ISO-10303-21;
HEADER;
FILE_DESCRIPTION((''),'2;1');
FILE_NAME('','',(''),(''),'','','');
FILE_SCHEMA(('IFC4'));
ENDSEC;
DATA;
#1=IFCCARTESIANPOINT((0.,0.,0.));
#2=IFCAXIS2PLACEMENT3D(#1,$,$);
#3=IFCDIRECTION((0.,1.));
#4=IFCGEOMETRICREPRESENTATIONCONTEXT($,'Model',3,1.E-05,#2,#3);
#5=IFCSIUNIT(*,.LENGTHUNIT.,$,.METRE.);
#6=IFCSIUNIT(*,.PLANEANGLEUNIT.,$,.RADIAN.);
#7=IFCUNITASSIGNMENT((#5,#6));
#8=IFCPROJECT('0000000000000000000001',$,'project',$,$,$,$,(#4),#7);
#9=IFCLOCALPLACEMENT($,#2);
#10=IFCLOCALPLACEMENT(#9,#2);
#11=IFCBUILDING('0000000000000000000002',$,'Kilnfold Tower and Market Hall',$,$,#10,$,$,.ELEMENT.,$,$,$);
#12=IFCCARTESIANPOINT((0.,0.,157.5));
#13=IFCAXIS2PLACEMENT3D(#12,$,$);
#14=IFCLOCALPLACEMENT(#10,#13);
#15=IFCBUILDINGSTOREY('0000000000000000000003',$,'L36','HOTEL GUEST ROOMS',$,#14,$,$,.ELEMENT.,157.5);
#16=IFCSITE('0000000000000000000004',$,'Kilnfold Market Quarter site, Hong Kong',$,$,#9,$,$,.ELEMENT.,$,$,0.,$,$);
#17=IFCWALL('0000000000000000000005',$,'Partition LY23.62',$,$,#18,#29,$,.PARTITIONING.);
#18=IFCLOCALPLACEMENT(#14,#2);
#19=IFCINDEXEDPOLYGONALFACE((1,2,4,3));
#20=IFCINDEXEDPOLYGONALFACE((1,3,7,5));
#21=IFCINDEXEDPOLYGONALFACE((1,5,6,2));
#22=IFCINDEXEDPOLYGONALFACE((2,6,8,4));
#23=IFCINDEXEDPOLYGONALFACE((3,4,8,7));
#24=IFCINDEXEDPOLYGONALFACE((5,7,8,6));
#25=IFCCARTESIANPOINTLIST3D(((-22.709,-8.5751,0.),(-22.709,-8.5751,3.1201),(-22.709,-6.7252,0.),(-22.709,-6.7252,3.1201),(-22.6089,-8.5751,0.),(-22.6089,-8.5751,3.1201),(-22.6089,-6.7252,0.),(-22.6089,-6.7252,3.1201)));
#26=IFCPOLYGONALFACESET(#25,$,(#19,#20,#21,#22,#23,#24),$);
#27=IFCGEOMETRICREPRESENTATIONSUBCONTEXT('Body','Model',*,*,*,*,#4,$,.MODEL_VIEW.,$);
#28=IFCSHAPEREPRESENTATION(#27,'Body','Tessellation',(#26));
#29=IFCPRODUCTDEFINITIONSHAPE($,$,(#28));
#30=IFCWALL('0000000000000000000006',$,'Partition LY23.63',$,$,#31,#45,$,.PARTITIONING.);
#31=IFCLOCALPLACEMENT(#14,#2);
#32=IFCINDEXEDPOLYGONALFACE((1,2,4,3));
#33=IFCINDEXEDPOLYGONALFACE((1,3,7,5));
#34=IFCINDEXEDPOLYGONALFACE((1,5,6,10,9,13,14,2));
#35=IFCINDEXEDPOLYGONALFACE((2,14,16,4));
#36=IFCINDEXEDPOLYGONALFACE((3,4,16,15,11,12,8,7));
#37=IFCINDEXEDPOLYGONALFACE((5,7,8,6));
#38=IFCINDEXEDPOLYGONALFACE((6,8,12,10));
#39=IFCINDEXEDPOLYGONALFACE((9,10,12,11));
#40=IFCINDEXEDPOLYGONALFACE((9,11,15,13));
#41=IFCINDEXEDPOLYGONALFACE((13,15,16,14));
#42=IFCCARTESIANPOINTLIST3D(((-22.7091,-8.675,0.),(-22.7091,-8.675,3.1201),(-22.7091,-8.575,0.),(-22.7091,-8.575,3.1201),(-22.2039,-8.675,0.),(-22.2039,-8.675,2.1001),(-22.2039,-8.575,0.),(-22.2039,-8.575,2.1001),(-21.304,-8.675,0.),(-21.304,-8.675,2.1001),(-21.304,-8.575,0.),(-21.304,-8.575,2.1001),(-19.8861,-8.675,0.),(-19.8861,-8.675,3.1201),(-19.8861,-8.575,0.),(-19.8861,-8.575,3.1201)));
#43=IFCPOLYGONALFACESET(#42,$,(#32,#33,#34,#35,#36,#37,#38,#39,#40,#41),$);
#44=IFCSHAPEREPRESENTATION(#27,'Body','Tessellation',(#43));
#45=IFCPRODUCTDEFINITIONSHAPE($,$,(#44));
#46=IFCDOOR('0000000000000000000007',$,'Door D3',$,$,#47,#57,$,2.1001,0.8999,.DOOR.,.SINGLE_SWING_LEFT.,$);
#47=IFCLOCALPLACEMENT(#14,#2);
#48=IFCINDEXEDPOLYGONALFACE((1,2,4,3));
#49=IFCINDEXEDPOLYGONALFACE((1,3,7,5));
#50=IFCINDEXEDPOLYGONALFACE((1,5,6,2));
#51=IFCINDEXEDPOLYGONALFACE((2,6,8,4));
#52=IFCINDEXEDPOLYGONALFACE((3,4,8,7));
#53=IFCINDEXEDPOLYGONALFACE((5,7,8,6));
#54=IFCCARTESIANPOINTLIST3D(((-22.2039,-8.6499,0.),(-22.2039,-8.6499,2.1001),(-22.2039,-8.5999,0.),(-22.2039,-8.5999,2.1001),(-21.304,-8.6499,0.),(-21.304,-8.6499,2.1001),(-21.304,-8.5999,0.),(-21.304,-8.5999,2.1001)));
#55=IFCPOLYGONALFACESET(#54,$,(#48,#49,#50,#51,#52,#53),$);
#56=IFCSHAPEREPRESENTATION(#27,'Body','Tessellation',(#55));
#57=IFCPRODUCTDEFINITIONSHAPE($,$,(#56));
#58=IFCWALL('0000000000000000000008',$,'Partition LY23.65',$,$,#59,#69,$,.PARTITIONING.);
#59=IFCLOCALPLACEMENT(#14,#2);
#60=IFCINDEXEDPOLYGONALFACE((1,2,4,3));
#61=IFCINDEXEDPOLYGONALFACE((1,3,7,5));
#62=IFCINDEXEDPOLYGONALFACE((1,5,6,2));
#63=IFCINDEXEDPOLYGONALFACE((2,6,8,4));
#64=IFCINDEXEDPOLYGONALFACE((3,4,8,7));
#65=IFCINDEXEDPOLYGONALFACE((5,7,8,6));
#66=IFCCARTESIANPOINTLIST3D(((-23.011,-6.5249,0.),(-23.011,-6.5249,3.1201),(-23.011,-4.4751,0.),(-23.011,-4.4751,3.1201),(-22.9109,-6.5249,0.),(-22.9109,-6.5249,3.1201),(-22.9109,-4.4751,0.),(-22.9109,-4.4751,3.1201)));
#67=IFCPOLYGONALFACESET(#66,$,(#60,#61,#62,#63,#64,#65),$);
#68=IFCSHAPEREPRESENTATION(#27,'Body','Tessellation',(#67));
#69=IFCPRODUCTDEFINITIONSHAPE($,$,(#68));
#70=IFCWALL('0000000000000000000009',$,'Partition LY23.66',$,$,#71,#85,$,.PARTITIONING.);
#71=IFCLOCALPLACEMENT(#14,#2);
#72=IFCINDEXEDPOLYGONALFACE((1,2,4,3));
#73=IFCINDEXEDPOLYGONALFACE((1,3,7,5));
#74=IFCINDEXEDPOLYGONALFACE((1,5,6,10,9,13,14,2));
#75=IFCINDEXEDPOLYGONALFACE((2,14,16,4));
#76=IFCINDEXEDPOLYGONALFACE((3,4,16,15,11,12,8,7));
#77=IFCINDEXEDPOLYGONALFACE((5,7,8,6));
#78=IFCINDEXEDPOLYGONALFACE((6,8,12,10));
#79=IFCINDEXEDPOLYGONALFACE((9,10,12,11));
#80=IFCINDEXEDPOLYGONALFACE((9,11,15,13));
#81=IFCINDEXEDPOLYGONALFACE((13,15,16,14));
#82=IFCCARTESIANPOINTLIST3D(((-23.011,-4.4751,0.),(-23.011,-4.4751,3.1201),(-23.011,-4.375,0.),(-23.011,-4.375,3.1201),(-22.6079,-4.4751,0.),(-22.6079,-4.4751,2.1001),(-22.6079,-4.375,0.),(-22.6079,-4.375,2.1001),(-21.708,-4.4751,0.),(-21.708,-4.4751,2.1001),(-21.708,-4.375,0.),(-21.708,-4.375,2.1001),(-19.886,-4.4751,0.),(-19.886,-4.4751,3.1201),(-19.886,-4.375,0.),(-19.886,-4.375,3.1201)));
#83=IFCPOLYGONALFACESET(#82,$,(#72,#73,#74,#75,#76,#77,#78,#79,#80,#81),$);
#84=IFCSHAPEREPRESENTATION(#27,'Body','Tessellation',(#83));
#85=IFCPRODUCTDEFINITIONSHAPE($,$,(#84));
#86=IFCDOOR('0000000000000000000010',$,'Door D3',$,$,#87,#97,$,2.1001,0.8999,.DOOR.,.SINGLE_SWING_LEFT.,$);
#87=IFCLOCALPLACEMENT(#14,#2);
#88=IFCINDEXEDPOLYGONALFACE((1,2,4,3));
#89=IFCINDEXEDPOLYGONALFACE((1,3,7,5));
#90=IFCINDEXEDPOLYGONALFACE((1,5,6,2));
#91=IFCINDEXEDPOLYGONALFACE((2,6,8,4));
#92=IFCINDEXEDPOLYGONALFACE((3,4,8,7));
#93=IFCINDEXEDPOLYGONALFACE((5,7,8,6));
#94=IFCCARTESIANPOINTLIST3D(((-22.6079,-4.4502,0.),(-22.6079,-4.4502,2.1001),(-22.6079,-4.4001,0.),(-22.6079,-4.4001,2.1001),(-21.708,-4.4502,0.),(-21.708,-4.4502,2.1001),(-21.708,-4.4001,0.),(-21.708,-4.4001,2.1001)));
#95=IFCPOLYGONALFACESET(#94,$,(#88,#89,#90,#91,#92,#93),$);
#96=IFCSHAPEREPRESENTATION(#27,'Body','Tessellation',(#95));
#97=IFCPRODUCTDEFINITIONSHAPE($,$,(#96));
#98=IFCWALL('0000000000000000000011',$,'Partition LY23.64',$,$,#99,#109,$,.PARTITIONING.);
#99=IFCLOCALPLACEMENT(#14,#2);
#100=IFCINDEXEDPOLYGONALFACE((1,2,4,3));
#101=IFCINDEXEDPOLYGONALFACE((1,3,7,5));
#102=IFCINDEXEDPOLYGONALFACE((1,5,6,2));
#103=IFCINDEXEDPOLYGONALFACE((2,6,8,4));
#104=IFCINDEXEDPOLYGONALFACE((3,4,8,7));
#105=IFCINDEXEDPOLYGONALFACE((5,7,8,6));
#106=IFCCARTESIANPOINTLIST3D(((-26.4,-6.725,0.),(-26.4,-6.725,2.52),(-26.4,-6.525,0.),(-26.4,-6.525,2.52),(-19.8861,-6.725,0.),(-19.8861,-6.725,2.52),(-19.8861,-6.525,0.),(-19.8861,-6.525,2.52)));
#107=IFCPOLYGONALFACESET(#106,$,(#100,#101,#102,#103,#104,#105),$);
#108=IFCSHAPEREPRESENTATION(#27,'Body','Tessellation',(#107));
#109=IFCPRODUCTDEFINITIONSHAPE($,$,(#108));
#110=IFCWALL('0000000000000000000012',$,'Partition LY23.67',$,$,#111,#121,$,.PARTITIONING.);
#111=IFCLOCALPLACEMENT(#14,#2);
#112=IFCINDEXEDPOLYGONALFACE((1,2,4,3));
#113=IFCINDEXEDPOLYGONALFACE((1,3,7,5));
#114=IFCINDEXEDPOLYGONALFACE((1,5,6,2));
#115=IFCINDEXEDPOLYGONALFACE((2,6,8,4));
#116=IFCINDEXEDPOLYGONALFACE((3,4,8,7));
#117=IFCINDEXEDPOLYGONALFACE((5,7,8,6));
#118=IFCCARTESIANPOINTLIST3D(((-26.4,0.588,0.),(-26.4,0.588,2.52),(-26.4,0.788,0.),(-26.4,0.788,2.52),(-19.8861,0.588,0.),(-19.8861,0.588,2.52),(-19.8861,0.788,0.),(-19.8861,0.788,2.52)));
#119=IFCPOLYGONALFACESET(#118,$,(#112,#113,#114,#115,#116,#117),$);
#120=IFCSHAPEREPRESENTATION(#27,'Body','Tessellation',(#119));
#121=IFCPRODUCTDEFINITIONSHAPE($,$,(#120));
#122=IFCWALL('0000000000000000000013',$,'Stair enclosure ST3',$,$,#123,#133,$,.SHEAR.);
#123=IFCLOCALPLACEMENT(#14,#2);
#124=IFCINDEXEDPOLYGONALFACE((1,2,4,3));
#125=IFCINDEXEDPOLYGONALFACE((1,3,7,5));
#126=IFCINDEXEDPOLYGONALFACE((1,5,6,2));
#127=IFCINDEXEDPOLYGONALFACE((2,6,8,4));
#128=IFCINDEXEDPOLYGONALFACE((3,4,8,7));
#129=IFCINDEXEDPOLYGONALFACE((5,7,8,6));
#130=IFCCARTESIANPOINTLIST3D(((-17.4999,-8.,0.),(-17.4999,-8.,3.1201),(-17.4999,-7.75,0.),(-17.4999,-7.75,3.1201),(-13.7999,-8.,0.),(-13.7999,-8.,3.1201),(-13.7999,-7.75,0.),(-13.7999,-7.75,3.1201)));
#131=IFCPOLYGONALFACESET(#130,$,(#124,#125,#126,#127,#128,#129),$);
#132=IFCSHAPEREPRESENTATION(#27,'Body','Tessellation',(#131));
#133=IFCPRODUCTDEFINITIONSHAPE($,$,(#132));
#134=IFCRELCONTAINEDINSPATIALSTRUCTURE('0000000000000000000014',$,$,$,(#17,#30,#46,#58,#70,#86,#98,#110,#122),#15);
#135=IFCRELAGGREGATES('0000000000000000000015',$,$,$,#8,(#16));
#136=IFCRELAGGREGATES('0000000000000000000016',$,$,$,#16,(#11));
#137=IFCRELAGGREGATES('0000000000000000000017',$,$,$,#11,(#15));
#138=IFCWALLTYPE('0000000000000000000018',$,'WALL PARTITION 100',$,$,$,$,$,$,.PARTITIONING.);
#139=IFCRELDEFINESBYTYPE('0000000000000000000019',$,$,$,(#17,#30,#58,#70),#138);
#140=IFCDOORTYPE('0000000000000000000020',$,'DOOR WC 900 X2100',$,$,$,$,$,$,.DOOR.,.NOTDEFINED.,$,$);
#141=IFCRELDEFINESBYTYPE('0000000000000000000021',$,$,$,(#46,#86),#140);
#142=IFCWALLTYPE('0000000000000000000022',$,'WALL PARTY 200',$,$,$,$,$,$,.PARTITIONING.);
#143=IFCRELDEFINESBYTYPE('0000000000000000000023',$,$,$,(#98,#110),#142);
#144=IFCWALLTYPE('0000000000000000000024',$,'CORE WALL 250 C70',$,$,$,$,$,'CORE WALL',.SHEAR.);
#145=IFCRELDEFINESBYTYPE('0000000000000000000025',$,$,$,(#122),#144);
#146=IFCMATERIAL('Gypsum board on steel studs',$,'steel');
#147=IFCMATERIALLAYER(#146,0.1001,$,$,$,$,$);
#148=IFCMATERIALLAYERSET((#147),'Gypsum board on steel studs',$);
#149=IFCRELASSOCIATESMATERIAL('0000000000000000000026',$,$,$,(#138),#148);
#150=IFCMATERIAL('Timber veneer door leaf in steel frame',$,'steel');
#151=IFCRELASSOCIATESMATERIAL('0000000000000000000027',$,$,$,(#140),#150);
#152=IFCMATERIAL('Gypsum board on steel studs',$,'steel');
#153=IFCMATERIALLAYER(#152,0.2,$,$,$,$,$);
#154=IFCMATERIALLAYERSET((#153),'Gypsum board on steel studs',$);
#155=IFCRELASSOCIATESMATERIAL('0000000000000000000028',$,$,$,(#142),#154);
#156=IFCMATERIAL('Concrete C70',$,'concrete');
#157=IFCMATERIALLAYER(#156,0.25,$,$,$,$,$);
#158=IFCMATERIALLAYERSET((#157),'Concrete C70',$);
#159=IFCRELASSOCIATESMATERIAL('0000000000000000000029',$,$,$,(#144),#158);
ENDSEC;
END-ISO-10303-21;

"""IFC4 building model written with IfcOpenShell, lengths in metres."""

from ifc_helpers import new_model, si_unit, direction, frame, frame_2d, origin, place, context, subcontext, project, spatial, rectangle, extrude, source, transform, mapped, material, layer, layer_set, type_object, element, fill, save


model = new_model("IFC4")

# Units and contexts
model_context = context("Model", 3, precision=1e-05, world=origin(), true_north=direction((0.0, 1.0)))
body_context = subcontext(model_context, "Body", "Model", "MODEL_VIEW")
ifc_project = project(units=[si_unit("LENGTHUNIT", "METRE"), si_unit("PLANEANGLEUNIT", "RADIAN")], contexts=[model_context])

# Site, building, storey
site_placement = place(None, origin())
site = spatial("IfcSite", under=ifc_project, at=site_placement, Name="Kilnfold Market Quarter site, Hong Kong", CompositionType="ELEMENT", RefElevation=0.0)
building_placement = place(site_placement, origin())
building = spatial("IfcBuilding", under=site, at=building_placement, Name="Kilnfold Tower and Market Hall", CompositionType="ELEMENT")
storey_placement = place(building_placement, frame((0.0, 0.0, 157.5)))
storey = spatial("IfcBuildingStorey", under=building, at=storey_placement, Name="L36", Description="HOTEL GUEST ROOMS", CompositionType="ELEMENT", Elevation=157.5)

# Wall
ifc_material_1 = material(Name="Gypsum board on steel studs", Category="steel")
ifc_layer_1 = layer(ifc_material_1, 0.1001)
ifc_layer_set_1 = layer_set([ifc_layer_1], Name="Gypsum board on steel studs")
wall_type_1 = type_object("IfcWallType", Name="WALL PARTITION 100", PredefinedType="PARTITIONING", material=ifc_layer_set_1)
wall_1_placement = place(storey_placement, frame((-22.6589, -8.575, 0.0), z_axis=(0.0, 0.0, 1.0), x_axis=(0.0, 1.0, 0.0)))
element("IfcWall", 1, at=wall_1_placement, inside=storey, type_object=wall_type_1, Name="Partition LY23.62", PredefinedType="PARTITIONING", context=body_context, shape_type="SweptSolid", body=[
    extrude(rectangle(XDim=1.8499, YDim=0.1001, at=frame_2d((0.9248, 0.0))), origin(), (0.0, 0.0, 1.0), 3.1201),
])

# Wall, opening, door
wall_2_placement = place(storey_placement, frame((-19.886, -8.625, 0.0), z_axis=(0.0, 0.0, 1.0), x_axis=(-1.0, 0.0, 0.0)))
wall_2 = element("IfcWall", 2, at=wall_2_placement, inside=storey, type_object=wall_type_1, Name="Partition LY23.63", PredefinedType="PARTITIONING", context=body_context, shape_type="SweptSolid", body=[
    extrude(rectangle(XDim=2.823, YDim=0.1001, at=frame_2d((1.4116, 0.0))), origin(), (0.0, 0.0, 1.0), 3.1201),
])
opening_1_placement = place(wall_2_placement, frame((1.418, 0.0, 0.0)))
opening_1 = element("IfcOpeningElement", 3, at=opening_1_placement, cuts=wall_2, PredefinedType="OPENING", context=body_context, shape_type="SweptSolid", body=[
    extrude(rectangle(XDim=0.8999, YDim=2.1001, at=frame_2d((0.45, 1.05))), frame((0.0, 0.0601, 0.0), z_axis=(0.0, -1.0, 0.0), x_axis=(1.0, 0.0, 0.0)), (0.0, 0.0, 1.0), 0.1201),
])
ifc_material_2 = material(Name="Timber veneer door leaf in steel frame", Category="steel")
door_type_1 = type_object("IfcDoorType", Name="DOOR WC 900 X2100", OperationType="NOTDEFINED", PredefinedType="DOOR", material=ifc_material_2)
door_1_placement = place(opening_1_placement, origin())
door_1 = element("IfcDoor", 4, at=door_1_placement, inside=storey, type_object=door_type_1, Name="Door D3", OperationType="SINGLE_SWING_LEFT", OverallHeight=2.1001, OverallWidth=0.8999, PredefinedType="DOOR", context=body_context, shape_type="SweptSolid", body=[
    extrude(rectangle(XDim=0.8999, YDim=2.1001, at=frame_2d((0.45, 1.05))), frame((0.0, 0.0249, 0.0), z_axis=(0.0, -1.0, 0.0), x_axis=(1.0, 0.0, 0.0)), (0.0, 0.0, 1.0), 0.05),
])
fill(opening_1, door_1)

# Wall
wall_3_placement = place(storey_placement, frame((-22.9609, -6.5249, 0.0), z_axis=(0.0, 0.0, 1.0), x_axis=(0.0, 1.0, 0.0)))
element("IfcWall", 5, at=wall_3_placement, inside=storey, type_object=wall_type_1, Name="Partition LY23.65", PredefinedType="PARTITIONING", context=body_context, shape_type="SweptSolid", body=[
    extrude(rectangle(XDim=2.0498, YDim=0.1001, at=frame_2d((1.0249, 0.0))), origin(), (0.0, 0.0, 1.0), 3.1201),
])

# Wall, opening, door
wall_4_placement = place(storey_placement, frame((-23.011, -4.425, 0.0), z_axis=(0.0, 0.0, 1.0), x_axis=(1.0, 0.0, 0.0)))
wall_4 = element("IfcWall", 6, at=wall_4_placement, inside=storey, type_object=wall_type_1, Name="Partition LY23.66", PredefinedType="PARTITIONING", context=body_context, shape_type="SweptSolid", body=[
    extrude(rectangle(XDim=3.125, YDim=0.1001, at=frame_2d((1.5625, 0.0))), origin(), (0.0, 0.0, 1.0), 3.1201),
])
opening_2_placement = place(wall_4_placement, frame((0.4031, 0.0, 0.0)))
opening_2 = element("IfcOpeningElement", 7, at=opening_2_placement, cuts=wall_4, PredefinedType="OPENING", context=body_context, shape_type="SweptSolid", body=[
    extrude(rectangle(XDim=0.8999, YDim=2.1001, at=frame_2d((0.45, 1.05))), frame((0.0, 0.0601, 0.0), z_axis=(0.0, -1.0, 0.0), x_axis=(1.0, 0.0, 0.0)), (0.0, 0.0, 1.0), 0.1201),
])
door_2_placement = place(opening_2_placement, origin())
door_2 = element("IfcDoor", 8, at=door_2_placement, inside=storey, type_object=door_type_1, Name="Door D3", OperationType="SINGLE_SWING_LEFT", OverallHeight=2.1001, OverallWidth=0.8999, PredefinedType="DOOR", context=body_context, shape_type="SweptSolid", body=[
    extrude(rectangle(XDim=0.8999, YDim=2.1001, at=frame_2d((0.45, 1.05))), frame((0.0, 0.0249, 0.0), z_axis=(0.0, -1.0, 0.0), x_axis=(1.0, 0.0, 0.0)), (0.0, 0.0, 1.0), 0.05),
])
fill(opening_2, door_2)

# Walls
ifc_material_3 = material(Name="Gypsum board on steel studs", Category="steel")
ifc_layer_2 = layer(ifc_material_3, 0.2)
ifc_layer_set_2 = layer_set([ifc_layer_2], Name="Gypsum board on steel studs")
wall_type_2 = type_object("IfcWallType", Name="WALL PARTY 200", PredefinedType="PARTITIONING", material=ifc_layer_set_2)
for number, where, z_axis, x_axis, name in (
    (9, (-26.3999, -6.625, 0.0), (0.0, 0.0, 1.0), (1.0, 0.0, 0.0), "Partition LY23.64"),
    (10, (-26.3999, 0.688, 0.0), (0.0, 0.0, 1.0), (1.0, 0.0, 0.0), "Partition LY23.67"),
):
    element("IfcWall", number, at=place(storey_placement, frame(where, z_axis=z_axis, x_axis=x_axis)), inside=storey, type_object=wall_type_2, Name=name, PredefinedType="PARTITIONING", context=body_context, shape_type="SweptSolid", body=[
        extrude(rectangle(XDim=6.5139, YDim=0.2, at=frame_2d((3.2568, 0.0))), origin(), (0.0, 0.0, 1.0), 2.52),
    ])
ifc_material_4 = material(Name="Concrete C70", Category="concrete")
ifc_layer_3 = layer(ifc_material_4, 0.25)
ifc_layer_set_3 = layer_set([ifc_layer_3], Name="Concrete C70")
wall_type_3 = type_object("IfcWallType", Name="CORE WALL 250 C70", ElementType="CORE WALL", PredefinedType="SHEAR", material=ifc_layer_set_3)
shared_shape_1 = source(origin(), body_context, "Body", "SweptSolid", [
    extrude(rectangle(XDim=3.7, YDim=0.25, at=frame_2d((1.8501, 0.0))), origin(), (0.0, 0.0, 1.0), 3.1201),
])
wall_5_placement = place(storey_placement, frame((-17.5, -7.875, 0.0), z_axis=(0.0, 0.0, 1.0), x_axis=(1.0, 0.0, 0.0)))
element("IfcWall", 11, at=wall_5_placement, inside=storey, type_object=wall_type_3, Name="Stair enclosure ST3", PredefinedType="SHEAR", context=body_context, shape_type="MappedRepresentation", body=[
    mapped(shared_shape_1, transform((0.0, 0.0, 0.0))),
])

save(model, "model.ifc")
